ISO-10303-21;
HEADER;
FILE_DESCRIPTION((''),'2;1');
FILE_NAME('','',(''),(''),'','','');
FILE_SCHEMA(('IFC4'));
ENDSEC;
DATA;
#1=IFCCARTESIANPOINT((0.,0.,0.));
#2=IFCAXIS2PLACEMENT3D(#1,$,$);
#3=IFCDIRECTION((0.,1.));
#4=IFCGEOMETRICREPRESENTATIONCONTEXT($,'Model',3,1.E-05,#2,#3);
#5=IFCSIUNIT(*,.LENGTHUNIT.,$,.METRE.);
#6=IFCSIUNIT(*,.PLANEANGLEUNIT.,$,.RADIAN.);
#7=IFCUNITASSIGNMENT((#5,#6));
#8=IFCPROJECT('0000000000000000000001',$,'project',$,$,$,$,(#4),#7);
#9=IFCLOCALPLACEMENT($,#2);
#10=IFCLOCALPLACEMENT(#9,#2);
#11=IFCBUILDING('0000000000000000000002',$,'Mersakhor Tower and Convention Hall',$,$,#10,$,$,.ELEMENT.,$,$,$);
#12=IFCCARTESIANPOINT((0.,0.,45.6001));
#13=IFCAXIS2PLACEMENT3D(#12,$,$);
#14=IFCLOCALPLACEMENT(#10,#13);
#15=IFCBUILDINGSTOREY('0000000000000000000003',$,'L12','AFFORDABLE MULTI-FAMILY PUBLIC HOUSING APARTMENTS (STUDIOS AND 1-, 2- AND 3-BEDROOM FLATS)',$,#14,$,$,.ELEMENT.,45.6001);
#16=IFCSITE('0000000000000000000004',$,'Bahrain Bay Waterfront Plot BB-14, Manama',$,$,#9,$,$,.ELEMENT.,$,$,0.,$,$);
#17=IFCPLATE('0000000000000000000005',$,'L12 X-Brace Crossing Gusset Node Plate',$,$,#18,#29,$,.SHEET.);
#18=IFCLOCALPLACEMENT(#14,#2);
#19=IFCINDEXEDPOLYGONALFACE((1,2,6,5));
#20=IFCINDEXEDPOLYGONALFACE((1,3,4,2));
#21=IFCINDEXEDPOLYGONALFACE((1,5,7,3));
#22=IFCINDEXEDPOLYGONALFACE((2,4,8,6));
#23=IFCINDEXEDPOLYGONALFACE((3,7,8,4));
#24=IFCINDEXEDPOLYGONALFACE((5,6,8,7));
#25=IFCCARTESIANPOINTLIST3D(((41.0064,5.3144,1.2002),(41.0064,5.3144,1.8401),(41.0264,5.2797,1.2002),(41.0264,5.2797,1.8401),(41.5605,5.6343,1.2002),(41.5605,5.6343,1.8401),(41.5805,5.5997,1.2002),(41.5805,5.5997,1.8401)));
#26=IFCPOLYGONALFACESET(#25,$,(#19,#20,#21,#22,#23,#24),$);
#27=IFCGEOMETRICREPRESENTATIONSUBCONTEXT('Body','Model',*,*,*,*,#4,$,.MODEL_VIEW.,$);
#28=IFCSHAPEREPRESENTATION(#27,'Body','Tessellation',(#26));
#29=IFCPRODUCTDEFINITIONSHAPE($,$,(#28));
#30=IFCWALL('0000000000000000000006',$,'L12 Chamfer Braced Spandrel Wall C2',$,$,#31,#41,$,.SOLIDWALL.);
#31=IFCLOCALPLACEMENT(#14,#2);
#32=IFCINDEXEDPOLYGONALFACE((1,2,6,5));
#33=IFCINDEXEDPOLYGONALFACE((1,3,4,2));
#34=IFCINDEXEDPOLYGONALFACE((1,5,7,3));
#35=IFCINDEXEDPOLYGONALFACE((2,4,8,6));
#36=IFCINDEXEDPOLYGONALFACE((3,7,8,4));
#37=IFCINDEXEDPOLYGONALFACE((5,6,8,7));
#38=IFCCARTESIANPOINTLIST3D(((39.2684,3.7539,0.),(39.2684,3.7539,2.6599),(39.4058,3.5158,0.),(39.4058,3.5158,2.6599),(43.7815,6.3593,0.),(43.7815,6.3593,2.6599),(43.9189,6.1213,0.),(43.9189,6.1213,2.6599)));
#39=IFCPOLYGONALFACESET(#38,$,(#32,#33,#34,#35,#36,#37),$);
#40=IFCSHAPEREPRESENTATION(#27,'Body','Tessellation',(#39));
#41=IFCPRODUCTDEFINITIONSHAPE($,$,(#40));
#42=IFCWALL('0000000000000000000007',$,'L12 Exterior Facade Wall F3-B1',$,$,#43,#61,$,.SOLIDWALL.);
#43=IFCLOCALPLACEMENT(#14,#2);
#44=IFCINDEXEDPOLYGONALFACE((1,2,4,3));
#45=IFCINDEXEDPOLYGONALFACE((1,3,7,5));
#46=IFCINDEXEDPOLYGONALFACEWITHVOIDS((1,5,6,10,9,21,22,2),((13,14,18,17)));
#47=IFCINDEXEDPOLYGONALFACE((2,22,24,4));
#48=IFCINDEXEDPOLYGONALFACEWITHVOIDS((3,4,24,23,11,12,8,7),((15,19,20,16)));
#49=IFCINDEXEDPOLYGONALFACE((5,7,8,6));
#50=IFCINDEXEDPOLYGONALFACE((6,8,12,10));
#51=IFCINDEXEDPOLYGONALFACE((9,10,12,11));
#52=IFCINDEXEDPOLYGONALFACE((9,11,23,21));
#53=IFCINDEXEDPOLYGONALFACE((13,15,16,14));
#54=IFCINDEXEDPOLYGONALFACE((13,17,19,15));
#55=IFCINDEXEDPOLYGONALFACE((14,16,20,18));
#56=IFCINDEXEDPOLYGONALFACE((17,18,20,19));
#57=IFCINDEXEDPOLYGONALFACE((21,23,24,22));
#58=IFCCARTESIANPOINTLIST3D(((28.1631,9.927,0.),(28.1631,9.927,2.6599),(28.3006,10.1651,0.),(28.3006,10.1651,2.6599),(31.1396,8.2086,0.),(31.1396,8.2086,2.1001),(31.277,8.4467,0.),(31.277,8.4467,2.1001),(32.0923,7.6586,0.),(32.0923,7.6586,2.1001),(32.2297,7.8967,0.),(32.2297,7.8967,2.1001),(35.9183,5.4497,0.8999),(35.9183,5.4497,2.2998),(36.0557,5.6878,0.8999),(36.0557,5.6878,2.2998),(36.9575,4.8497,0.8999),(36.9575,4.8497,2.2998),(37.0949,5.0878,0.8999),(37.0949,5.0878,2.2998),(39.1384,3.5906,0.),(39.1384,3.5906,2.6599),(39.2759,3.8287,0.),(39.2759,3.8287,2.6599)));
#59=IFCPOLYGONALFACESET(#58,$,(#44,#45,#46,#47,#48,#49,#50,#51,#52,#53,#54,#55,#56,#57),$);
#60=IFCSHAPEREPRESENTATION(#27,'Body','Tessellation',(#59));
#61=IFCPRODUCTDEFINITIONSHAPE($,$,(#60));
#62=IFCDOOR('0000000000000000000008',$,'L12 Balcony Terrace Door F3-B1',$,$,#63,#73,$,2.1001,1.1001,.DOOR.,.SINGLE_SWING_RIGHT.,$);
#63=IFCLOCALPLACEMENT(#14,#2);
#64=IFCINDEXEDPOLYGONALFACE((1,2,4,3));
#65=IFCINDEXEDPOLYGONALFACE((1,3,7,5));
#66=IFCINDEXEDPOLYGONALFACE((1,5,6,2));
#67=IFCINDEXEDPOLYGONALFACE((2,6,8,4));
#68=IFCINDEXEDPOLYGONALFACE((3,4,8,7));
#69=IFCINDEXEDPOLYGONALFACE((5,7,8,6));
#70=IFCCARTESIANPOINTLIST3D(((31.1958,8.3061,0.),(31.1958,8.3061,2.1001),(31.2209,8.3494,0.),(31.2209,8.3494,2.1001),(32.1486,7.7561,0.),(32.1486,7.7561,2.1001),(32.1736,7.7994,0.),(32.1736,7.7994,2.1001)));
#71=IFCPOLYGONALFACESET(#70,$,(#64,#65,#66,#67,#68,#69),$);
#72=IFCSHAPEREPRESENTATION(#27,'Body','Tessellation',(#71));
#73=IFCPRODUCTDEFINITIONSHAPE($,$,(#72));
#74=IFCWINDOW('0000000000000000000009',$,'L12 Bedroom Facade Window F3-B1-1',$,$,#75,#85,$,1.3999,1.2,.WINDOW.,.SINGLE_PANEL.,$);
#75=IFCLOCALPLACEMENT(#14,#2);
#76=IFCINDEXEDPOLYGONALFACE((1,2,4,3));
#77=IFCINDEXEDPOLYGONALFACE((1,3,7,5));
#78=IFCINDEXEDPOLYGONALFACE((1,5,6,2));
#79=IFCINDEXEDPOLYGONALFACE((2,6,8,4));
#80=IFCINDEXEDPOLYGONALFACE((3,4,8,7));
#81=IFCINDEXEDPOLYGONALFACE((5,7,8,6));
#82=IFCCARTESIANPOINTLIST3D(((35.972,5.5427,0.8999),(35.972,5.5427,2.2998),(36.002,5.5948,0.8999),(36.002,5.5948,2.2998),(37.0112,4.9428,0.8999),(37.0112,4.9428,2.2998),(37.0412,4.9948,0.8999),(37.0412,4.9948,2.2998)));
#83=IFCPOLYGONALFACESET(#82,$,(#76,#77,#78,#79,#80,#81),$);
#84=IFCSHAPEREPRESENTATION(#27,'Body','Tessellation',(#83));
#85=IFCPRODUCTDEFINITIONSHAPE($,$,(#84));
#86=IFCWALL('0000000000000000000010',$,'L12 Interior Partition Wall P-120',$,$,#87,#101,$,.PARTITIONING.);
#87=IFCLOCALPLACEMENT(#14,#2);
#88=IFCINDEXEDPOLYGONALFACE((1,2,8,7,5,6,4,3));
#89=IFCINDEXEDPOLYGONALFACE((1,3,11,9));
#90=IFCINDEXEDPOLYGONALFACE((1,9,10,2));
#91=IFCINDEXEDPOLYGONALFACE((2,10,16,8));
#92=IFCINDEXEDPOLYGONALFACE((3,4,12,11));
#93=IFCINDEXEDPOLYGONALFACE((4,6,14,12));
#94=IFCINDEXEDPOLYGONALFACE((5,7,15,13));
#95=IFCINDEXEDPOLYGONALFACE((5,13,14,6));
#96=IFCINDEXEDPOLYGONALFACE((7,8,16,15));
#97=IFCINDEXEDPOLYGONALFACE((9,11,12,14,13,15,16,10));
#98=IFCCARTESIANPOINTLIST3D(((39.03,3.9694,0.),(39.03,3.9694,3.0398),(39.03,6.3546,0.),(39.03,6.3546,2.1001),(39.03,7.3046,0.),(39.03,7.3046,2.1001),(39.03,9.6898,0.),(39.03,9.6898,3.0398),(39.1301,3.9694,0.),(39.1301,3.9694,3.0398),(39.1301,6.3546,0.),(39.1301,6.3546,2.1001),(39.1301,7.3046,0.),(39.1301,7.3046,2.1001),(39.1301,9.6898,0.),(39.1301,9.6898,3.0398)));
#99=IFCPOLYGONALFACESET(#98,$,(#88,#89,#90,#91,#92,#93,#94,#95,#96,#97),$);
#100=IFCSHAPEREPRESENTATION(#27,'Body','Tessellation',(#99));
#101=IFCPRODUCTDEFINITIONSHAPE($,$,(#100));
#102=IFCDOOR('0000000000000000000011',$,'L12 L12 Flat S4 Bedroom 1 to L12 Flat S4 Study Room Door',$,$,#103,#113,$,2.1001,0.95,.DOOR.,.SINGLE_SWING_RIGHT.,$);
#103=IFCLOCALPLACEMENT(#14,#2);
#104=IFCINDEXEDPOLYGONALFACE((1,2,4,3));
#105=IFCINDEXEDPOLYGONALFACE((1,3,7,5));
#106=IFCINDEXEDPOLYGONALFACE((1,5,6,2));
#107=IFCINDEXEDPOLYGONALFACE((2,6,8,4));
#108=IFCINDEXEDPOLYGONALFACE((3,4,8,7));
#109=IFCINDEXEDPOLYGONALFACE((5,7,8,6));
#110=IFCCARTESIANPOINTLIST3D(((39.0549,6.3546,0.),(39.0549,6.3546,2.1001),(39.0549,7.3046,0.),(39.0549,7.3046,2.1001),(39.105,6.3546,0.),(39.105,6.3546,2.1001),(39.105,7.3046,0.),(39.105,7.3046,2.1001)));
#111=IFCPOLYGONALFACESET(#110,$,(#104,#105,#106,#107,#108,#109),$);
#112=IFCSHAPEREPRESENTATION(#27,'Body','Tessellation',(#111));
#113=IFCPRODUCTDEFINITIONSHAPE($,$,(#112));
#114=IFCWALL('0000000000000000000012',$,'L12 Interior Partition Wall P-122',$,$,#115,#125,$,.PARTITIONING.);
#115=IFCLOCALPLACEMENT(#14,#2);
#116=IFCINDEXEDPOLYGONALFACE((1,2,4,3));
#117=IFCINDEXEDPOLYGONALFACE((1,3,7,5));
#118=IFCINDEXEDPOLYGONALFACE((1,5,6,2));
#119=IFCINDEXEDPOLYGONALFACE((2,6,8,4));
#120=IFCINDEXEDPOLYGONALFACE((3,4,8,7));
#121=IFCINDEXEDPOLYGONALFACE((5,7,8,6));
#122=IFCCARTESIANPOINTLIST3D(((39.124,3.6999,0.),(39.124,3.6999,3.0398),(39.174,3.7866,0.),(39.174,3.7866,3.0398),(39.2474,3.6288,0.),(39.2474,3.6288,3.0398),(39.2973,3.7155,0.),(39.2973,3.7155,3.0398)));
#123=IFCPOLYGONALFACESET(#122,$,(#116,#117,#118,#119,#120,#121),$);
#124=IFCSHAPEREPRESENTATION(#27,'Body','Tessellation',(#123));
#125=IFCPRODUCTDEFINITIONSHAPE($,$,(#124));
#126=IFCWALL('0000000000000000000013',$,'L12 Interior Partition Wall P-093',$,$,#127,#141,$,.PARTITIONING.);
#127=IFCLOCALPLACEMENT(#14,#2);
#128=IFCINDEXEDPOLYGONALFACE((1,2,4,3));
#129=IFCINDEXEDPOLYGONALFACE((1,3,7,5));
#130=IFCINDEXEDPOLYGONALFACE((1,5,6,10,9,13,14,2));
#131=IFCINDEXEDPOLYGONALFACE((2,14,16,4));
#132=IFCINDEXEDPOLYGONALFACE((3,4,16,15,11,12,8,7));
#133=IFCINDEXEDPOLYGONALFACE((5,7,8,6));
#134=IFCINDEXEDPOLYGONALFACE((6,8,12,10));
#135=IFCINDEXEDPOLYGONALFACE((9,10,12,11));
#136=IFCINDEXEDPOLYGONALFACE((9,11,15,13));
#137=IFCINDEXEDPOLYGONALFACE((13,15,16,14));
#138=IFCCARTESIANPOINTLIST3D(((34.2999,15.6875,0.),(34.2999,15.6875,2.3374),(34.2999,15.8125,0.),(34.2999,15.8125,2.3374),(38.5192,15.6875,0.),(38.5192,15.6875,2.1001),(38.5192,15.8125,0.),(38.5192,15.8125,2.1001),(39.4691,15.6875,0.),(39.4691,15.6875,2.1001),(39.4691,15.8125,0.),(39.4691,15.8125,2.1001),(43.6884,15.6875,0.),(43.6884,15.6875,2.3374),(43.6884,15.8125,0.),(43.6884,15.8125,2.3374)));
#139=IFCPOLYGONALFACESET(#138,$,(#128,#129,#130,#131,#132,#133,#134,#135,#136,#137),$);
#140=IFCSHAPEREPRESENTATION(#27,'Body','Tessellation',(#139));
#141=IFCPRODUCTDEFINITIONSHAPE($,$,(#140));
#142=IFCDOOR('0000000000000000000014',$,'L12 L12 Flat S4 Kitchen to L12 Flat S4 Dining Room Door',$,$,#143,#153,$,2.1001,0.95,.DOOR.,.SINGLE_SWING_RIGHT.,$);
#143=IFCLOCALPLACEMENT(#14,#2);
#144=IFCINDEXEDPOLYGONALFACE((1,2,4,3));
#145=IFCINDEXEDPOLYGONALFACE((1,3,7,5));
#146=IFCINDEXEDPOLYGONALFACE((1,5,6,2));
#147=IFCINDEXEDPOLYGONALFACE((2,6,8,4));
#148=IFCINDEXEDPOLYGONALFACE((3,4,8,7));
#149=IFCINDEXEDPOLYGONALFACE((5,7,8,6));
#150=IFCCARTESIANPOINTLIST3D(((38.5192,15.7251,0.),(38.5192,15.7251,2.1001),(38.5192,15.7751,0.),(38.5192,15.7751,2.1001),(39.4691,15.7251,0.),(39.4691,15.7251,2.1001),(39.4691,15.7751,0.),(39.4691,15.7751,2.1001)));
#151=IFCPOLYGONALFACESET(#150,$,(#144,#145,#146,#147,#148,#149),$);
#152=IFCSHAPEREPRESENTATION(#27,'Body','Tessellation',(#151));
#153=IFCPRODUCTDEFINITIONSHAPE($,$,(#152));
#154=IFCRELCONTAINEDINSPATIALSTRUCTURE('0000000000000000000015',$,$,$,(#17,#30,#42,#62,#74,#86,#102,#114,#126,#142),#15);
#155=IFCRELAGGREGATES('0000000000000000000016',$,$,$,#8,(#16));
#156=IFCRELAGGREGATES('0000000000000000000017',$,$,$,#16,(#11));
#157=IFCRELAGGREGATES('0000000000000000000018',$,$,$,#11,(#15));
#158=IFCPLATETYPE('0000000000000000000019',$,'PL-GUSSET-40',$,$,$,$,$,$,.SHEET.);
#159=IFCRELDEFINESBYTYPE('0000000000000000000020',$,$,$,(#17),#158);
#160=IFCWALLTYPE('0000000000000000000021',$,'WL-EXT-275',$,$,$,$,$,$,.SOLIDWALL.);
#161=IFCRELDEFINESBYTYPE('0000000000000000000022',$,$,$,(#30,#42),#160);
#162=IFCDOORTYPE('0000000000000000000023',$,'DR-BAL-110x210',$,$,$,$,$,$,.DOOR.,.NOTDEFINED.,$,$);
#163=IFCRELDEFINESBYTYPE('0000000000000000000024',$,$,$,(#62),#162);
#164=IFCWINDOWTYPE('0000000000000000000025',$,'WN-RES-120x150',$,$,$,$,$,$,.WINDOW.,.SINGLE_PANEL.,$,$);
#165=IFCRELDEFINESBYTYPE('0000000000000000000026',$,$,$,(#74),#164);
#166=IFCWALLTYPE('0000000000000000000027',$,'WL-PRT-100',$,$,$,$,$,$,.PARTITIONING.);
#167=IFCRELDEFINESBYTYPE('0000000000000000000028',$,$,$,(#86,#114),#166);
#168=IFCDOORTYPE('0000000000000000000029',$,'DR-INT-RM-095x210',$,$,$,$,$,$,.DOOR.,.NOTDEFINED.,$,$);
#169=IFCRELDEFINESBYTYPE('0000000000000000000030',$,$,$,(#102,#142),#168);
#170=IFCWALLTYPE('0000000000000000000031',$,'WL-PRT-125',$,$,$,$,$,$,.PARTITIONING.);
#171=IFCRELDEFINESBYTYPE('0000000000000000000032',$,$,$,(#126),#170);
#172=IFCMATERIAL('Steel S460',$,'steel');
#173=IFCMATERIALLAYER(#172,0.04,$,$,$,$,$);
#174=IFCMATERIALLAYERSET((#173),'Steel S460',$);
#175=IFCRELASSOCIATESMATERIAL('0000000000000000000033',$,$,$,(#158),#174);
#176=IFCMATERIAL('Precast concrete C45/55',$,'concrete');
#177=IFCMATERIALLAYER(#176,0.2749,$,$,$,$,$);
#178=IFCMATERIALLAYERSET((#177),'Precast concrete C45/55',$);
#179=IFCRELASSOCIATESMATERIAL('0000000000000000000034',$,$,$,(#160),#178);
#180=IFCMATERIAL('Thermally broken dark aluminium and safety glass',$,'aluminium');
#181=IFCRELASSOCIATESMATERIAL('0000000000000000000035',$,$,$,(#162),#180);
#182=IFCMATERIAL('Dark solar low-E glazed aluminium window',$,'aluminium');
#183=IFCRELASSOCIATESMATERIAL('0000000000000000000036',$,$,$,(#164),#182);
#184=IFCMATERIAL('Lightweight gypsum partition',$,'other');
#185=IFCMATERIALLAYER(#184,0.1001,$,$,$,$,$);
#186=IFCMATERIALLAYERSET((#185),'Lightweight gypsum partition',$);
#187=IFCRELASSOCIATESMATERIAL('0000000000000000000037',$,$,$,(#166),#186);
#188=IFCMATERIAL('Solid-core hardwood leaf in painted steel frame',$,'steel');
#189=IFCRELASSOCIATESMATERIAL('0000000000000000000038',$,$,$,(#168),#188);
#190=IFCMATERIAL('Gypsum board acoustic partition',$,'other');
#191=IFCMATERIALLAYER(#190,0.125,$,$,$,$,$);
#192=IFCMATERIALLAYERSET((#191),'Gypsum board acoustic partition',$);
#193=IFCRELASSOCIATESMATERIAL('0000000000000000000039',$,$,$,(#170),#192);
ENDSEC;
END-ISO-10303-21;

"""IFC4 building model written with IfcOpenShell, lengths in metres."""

from ifc_helpers import new_model, si_unit, direction, frame, frame_2d, origin, origin_2d, place, context, subcontext, project, spatial, rectangle, extrude, material, layer, layer_set, type_object, element, fill, save


model = new_model("IFC4")

# Units and contexts
model_context = context("Model", 3, precision=1e-05, world=origin(), true_north=direction((0.0, 1.0)))
body_context = subcontext(model_context, "Body", "Model", "MODEL_VIEW")
ifc_project = project(units=[si_unit("LENGTHUNIT", "METRE"), si_unit("PLANEANGLEUNIT", "RADIAN")], contexts=[model_context])

# Site, building, storey
site_placement = place(None, origin())
site = spatial("IfcSite", under=ifc_project, at=site_placement, Name="Bahrain Bay Waterfront Plot BB-14, Manama", CompositionType="ELEMENT", RefElevation=0.0)
building_placement = place(site_placement, origin())
building = spatial("IfcBuilding", under=site, at=building_placement, Name="Mersakhor Tower and Convention Hall", CompositionType="ELEMENT")
storey_placement = place(building_placement, frame((0.0, 0.0, 45.6001)))
storey = spatial("IfcBuildingStorey", under=building, at=storey_placement, Name="L12", Description="AFFORDABLE MULTI-FAMILY PUBLIC HOUSING APARTMENTS (STUDIOS AND 1-, 2- AND 3-BEDROOM FLATS)", CompositionType="ELEMENT", Elevation=45.6001)

# Plate
ifc_material_1 = material(Name="Steel S460", Category="steel")
ifc_layer_1 = layer(ifc_material_1, 0.04)
ifc_layer_set_1 = layer_set([ifc_layer_1], Name="Steel S460")
plate_type_1 = type_object("IfcPlateType", Name="PL-GUSSET-40", PredefinedType="SHEET", material=ifc_layer_set_1)
plate_1_placement = place(storey_placement, frame((41.2935, 5.457, 1.2002), z_axis=(0.0, 0.0, 1.0), x_axis=(0.866025, 0.5, 0.0)))
element("IfcPlate", 1, at=plate_1_placement, inside=storey, type_object=plate_type_1, Name="L12 X-Brace Crossing Gusset Node Plate", PredefinedType="SHEET", context=body_context, shape_type="SweptSolid", body=[
    extrude(rectangle(XDim=0.6399, YDim=0.04, at=origin_2d()), origin(), (0.0, 0.0, 1.0), 0.6399),
])

# Wall
ifc_material_2 = material(Name="Precast concrete C45/55", Category="concrete")
ifc_layer_2 = layer(ifc_material_2, 0.2749)
ifc_layer_set_2 = layer_set([ifc_layer_2], Name="Precast concrete C45/55")
wall_type_1 = type_object("IfcWallType", Name="WL-EXT-275", PredefinedType="SOLIDWALL", material=ifc_layer_set_2)
wall_1_placement = place(storey_placement, frame((43.8501, 6.2402, 0.0), z_axis=(0.0, 0.0, 1.0), x_axis=(-0.866044, -0.499968, 0.0)))
element("IfcWall", 2, at=wall_1_placement, inside=storey, type_object=wall_type_1, Name="L12 Chamfer Braced Spandrel Wall C2", PredefinedType="SOLIDWALL", context=body_context, shape_type="SweptSolid", body=[
    extrude(rectangle(XDim=5.2112, YDim=0.2749, at=frame_2d((2.6055, 0.0))), origin(), (0.0, 0.0, 1.0), 2.6599),
])

# Wall, openings, door, window
wall_2_placement = place(storey_placement, frame((39.207, 3.7097, 0.0), z_axis=(0.0, 0.0, 1.0), x_axis=(-0.866032, 0.499989, 0.0)))
wall_2 = element("IfcWall", 3, at=wall_2_placement, inside=storey, type_object=wall_type_1, Name="L12 Exterior Facade Wall F3-B1", PredefinedType="SOLIDWALL", context=body_context, shape_type="SweptSolid", body=[
    extrude(rectangle(XDim=12.6731, YDim=0.2749, at=frame_2d((6.3364, 0.0))), origin(), (0.0, 0.0, 1.0), 2.6599),
])
opening_1_placement = place(wall_2_placement, frame((8.136, 0.0, 0.0)))
opening_1 = element("IfcOpeningElement", 4, at=opening_1_placement, cuts=wall_2, PredefinedType="OPENING", context=body_context, shape_type="SweptSolid", body=[
    extrude(rectangle(XDim=1.1001, YDim=2.1001, at=frame_2d((0.55, 1.05))), frame((0.0, 0.1475, 0.0), z_axis=(0.0, -1.0, 0.0), x_axis=(1.0, 0.0, 0.0)), (0.0, 0.0, 1.0), 0.2949),
])
opening_2_placement = place(wall_2_placement, frame((2.5181, 0.0, 0.8999)))
opening_2 = element("IfcOpeningElement", 5, at=opening_2_placement, cuts=wall_2, PredefinedType="OPENING", context=body_context, shape_type="SweptSolid", body=[
    extrude(rectangle(XDim=1.2, YDim=1.3999, at=frame_2d((0.6001, 0.7))), frame((0.0, 0.1475, 0.0), z_axis=(0.0, -1.0, 0.0), x_axis=(1.0, 0.0, 0.0)), (0.0, 0.0, 1.0), 0.2949),
])
ifc_material_3 = material(Name="Thermally broken dark aluminium and safety glass", Category="aluminium")
door_type_1 = type_object("IfcDoorType", Name="DR-BAL-110x210", OperationType="NOTDEFINED", PredefinedType="DOOR", material=ifc_material_3)
door_1_placement = place(opening_1_placement, origin())
door_1 = element("IfcDoor", 6, at=door_1_placement, inside=storey, type_object=door_type_1, Name="L12 Balcony Terrace Door F3-B1", OperationType="SINGLE_SWING_RIGHT", OverallHeight=2.1001, OverallWidth=1.1001, PredefinedType="DOOR", context=body_context, shape_type="SweptSolid", body=[
    extrude(rectangle(XDim=1.1001, YDim=2.1001, at=frame_2d((0.55, 1.05))), frame((0.0, 0.0249, 0.0), z_axis=(0.0, -1.0, 0.0), x_axis=(1.0, 0.0, 0.0)), (0.0, 0.0, 1.0), 0.05),
])
fill(opening_1, door_1)
ifc_material_4 = material(Name="Dark solar low-E glazed aluminium window", Category="aluminium")
window_type = type_object("IfcWindowType", Name="WN-RES-120x150", PartitioningType="SINGLE_PANEL", PredefinedType="WINDOW", material=ifc_material_4)
window_placement = place(opening_2_placement, origin())
window = element("IfcWindow", 7, at=window_placement, inside=storey, type_object=window_type, Name="L12 Bedroom Facade Window F3-B1-1", OverallHeight=1.3999, OverallWidth=1.2, PartitioningType="SINGLE_PANEL", PredefinedType="WINDOW", context=body_context, shape_type="SweptSolid", body=[
    extrude(rectangle(XDim=1.2, YDim=1.3999, at=frame_2d((0.6001, 0.7))), frame((0.0, 0.03, 0.0), z_axis=(0.0, -1.0, 0.0), x_axis=(1.0, 0.0, 0.0)), (0.0, 0.0, 1.0), 0.0601),
])
fill(opening_2, window)

# Wall, opening, door
ifc_material_5 = material(Name="Lightweight gypsum partition", Category="other")
ifc_layer_3 = layer(ifc_material_5, 0.1001)
ifc_layer_set_3 = layer_set([ifc_layer_3], Name="Lightweight gypsum partition")
wall_type_2 = type_object("IfcWallType", Name="WL-PRT-100", PredefinedType="PARTITIONING", material=ifc_layer_set_3)
wall_3_placement = place(storey_placement, frame((39.0801, 9.6899, 0.0), z_axis=(0.0, 0.0, 1.0), x_axis=(0.0, -1.0, 0.0)))
wall_3 = element("IfcWall", 8, at=wall_3_placement, inside=storey, type_object=wall_type_2, Name="L12 Interior Partition Wall P-120", PredefinedType="PARTITIONING", context=body_context, shape_type="SweptSolid", body=[
    extrude(rectangle(XDim=5.7205, YDim=0.1001, at=frame_2d((2.8604, 0.0))), origin(), (0.0, 0.0, 1.0), 3.0398),
])
opening_3_placement = place(wall_3_placement, frame((2.3853, 0.0, 0.0)))
opening_3 = element("IfcOpeningElement", 9, at=opening_3_placement, cuts=wall_3, PredefinedType="OPENING", context=body_context, shape_type="SweptSolid", body=[
    extrude(rectangle(XDim=0.95, YDim=2.1001, at=frame_2d((0.4751, 1.05))), frame((0.0, 0.0601, 0.0), z_axis=(0.0, -1.0, 0.0), x_axis=(1.0, 0.0, 0.0)), (0.0, 0.0, 1.0), 0.1201),
])
ifc_material_6 = material(Name="Solid-core hardwood leaf in painted steel frame", Category="steel")
door_type_2 = type_object("IfcDoorType", Name="DR-INT-RM-095x210", OperationType="NOTDEFINED", PredefinedType="DOOR", material=ifc_material_6)
door_2_placement = place(opening_3_placement, origin())
door_2 = element("IfcDoor", 10, at=door_2_placement, inside=storey, type_object=door_type_2, Name="L12 L12 Flat S4 Bedroom 1 to L12 Flat S4 Study Room Door", OperationType="SINGLE_SWING_RIGHT", OverallHeight=2.1001, OverallWidth=0.95, PredefinedType="DOOR", context=body_context, shape_type="SweptSolid", body=[
    extrude(rectangle(XDim=0.95, YDim=2.1001, at=frame_2d((0.4751, 1.05))), frame((0.0, 0.0249, 0.0), z_axis=(0.0, -1.0, 0.0), x_axis=(1.0, 0.0, 0.0)), (0.0, 0.0, 1.0), 0.05),
])
fill(opening_3, door_2)

# Wall
wall_4_placement = place(storey_placement, frame((39.2725, 3.6721, 0.0), z_axis=(0.0, 0.0, 1.0), x_axis=(-0.866443, 0.499277, 0.0)))
element("IfcWall", 11, at=wall_4_placement, inside=storey, type_object=wall_type_2, Name="L12 Interior Partition Wall P-122", PredefinedType="PARTITIONING", context=body_context, shape_type="SweptSolid", body=[
    extrude(rectangle(XDim=0.1423, YDim=0.1001, at=frame_2d((0.0713, 0.0))), origin(), (0.0, 0.0, 1.0), 3.0398),
])

# Wall, opening, door
ifc_material_7 = material(Name="Gypsum board acoustic partition", Category="other")
ifc_layer_4 = layer(ifc_material_7, 0.125)
ifc_layer_set_4 = layer_set([ifc_layer_4], Name="Gypsum board acoustic partition")
wall_type_3 = type_object("IfcWallType", Name="WL-PRT-125", PredefinedType="PARTITIONING", material=ifc_layer_set_4)
wall_5_placement = place(storey_placement, frame((43.6885, 15.75, 0.0), z_axis=(0.0, 0.0, 1.0), x_axis=(-1.0, 0.0, 0.0)))
wall_5 = element("IfcWall", 12, at=wall_5_placement, inside=storey, type_object=wall_type_3, Name="L12 Interior Partition Wall P-093", PredefinedType="PARTITIONING", context=body_context, shape_type="SweptSolid", body=[
    extrude(rectangle(XDim=9.3884, YDim=0.125, at=frame_2d((4.6943, 0.0))), origin(), (0.0, 0.0, 1.0), 2.3374),
])
opening_4_placement = place(wall_5_placement, frame((4.2192, 0.0, 0.0)))
opening_4 = element("IfcOpeningElement", 13, at=opening_4_placement, cuts=wall_5, PredefinedType="OPENING", context=body_context, shape_type="SweptSolid", body=[
    extrude(rectangle(XDim=0.95, YDim=2.1001, at=frame_2d((0.4751, 1.05))), frame((0.0, 0.0725, 0.0), z_axis=(0.0, -1.0, 0.0), x_axis=(1.0, 0.0, 0.0)), (0.0, 0.0, 1.0), 0.145),
])
door_3_placement = place(opening_4_placement, origin())
door_3 = element("IfcDoor", 14, at=door_3_placement, inside=storey, type_object=door_type_2, Name="L12 L12 Flat S4 Kitchen to L12 Flat S4 Dining Room Door", OperationType="SINGLE_SWING_RIGHT", OverallHeight=2.1001, OverallWidth=0.95, PredefinedType="DOOR", context=body_context, shape_type="SweptSolid", body=[
    extrude(rectangle(XDim=0.95, YDim=2.1001, at=frame_2d((0.4751, 1.05))), frame((0.0, 0.0249, 0.0), z_axis=(0.0, -1.0, 0.0), x_axis=(1.0, 0.0, 0.0)), (0.0, 0.0, 1.0), 0.05),
])
fill(opening_4, door_3)

save(model, "model.ifc")
